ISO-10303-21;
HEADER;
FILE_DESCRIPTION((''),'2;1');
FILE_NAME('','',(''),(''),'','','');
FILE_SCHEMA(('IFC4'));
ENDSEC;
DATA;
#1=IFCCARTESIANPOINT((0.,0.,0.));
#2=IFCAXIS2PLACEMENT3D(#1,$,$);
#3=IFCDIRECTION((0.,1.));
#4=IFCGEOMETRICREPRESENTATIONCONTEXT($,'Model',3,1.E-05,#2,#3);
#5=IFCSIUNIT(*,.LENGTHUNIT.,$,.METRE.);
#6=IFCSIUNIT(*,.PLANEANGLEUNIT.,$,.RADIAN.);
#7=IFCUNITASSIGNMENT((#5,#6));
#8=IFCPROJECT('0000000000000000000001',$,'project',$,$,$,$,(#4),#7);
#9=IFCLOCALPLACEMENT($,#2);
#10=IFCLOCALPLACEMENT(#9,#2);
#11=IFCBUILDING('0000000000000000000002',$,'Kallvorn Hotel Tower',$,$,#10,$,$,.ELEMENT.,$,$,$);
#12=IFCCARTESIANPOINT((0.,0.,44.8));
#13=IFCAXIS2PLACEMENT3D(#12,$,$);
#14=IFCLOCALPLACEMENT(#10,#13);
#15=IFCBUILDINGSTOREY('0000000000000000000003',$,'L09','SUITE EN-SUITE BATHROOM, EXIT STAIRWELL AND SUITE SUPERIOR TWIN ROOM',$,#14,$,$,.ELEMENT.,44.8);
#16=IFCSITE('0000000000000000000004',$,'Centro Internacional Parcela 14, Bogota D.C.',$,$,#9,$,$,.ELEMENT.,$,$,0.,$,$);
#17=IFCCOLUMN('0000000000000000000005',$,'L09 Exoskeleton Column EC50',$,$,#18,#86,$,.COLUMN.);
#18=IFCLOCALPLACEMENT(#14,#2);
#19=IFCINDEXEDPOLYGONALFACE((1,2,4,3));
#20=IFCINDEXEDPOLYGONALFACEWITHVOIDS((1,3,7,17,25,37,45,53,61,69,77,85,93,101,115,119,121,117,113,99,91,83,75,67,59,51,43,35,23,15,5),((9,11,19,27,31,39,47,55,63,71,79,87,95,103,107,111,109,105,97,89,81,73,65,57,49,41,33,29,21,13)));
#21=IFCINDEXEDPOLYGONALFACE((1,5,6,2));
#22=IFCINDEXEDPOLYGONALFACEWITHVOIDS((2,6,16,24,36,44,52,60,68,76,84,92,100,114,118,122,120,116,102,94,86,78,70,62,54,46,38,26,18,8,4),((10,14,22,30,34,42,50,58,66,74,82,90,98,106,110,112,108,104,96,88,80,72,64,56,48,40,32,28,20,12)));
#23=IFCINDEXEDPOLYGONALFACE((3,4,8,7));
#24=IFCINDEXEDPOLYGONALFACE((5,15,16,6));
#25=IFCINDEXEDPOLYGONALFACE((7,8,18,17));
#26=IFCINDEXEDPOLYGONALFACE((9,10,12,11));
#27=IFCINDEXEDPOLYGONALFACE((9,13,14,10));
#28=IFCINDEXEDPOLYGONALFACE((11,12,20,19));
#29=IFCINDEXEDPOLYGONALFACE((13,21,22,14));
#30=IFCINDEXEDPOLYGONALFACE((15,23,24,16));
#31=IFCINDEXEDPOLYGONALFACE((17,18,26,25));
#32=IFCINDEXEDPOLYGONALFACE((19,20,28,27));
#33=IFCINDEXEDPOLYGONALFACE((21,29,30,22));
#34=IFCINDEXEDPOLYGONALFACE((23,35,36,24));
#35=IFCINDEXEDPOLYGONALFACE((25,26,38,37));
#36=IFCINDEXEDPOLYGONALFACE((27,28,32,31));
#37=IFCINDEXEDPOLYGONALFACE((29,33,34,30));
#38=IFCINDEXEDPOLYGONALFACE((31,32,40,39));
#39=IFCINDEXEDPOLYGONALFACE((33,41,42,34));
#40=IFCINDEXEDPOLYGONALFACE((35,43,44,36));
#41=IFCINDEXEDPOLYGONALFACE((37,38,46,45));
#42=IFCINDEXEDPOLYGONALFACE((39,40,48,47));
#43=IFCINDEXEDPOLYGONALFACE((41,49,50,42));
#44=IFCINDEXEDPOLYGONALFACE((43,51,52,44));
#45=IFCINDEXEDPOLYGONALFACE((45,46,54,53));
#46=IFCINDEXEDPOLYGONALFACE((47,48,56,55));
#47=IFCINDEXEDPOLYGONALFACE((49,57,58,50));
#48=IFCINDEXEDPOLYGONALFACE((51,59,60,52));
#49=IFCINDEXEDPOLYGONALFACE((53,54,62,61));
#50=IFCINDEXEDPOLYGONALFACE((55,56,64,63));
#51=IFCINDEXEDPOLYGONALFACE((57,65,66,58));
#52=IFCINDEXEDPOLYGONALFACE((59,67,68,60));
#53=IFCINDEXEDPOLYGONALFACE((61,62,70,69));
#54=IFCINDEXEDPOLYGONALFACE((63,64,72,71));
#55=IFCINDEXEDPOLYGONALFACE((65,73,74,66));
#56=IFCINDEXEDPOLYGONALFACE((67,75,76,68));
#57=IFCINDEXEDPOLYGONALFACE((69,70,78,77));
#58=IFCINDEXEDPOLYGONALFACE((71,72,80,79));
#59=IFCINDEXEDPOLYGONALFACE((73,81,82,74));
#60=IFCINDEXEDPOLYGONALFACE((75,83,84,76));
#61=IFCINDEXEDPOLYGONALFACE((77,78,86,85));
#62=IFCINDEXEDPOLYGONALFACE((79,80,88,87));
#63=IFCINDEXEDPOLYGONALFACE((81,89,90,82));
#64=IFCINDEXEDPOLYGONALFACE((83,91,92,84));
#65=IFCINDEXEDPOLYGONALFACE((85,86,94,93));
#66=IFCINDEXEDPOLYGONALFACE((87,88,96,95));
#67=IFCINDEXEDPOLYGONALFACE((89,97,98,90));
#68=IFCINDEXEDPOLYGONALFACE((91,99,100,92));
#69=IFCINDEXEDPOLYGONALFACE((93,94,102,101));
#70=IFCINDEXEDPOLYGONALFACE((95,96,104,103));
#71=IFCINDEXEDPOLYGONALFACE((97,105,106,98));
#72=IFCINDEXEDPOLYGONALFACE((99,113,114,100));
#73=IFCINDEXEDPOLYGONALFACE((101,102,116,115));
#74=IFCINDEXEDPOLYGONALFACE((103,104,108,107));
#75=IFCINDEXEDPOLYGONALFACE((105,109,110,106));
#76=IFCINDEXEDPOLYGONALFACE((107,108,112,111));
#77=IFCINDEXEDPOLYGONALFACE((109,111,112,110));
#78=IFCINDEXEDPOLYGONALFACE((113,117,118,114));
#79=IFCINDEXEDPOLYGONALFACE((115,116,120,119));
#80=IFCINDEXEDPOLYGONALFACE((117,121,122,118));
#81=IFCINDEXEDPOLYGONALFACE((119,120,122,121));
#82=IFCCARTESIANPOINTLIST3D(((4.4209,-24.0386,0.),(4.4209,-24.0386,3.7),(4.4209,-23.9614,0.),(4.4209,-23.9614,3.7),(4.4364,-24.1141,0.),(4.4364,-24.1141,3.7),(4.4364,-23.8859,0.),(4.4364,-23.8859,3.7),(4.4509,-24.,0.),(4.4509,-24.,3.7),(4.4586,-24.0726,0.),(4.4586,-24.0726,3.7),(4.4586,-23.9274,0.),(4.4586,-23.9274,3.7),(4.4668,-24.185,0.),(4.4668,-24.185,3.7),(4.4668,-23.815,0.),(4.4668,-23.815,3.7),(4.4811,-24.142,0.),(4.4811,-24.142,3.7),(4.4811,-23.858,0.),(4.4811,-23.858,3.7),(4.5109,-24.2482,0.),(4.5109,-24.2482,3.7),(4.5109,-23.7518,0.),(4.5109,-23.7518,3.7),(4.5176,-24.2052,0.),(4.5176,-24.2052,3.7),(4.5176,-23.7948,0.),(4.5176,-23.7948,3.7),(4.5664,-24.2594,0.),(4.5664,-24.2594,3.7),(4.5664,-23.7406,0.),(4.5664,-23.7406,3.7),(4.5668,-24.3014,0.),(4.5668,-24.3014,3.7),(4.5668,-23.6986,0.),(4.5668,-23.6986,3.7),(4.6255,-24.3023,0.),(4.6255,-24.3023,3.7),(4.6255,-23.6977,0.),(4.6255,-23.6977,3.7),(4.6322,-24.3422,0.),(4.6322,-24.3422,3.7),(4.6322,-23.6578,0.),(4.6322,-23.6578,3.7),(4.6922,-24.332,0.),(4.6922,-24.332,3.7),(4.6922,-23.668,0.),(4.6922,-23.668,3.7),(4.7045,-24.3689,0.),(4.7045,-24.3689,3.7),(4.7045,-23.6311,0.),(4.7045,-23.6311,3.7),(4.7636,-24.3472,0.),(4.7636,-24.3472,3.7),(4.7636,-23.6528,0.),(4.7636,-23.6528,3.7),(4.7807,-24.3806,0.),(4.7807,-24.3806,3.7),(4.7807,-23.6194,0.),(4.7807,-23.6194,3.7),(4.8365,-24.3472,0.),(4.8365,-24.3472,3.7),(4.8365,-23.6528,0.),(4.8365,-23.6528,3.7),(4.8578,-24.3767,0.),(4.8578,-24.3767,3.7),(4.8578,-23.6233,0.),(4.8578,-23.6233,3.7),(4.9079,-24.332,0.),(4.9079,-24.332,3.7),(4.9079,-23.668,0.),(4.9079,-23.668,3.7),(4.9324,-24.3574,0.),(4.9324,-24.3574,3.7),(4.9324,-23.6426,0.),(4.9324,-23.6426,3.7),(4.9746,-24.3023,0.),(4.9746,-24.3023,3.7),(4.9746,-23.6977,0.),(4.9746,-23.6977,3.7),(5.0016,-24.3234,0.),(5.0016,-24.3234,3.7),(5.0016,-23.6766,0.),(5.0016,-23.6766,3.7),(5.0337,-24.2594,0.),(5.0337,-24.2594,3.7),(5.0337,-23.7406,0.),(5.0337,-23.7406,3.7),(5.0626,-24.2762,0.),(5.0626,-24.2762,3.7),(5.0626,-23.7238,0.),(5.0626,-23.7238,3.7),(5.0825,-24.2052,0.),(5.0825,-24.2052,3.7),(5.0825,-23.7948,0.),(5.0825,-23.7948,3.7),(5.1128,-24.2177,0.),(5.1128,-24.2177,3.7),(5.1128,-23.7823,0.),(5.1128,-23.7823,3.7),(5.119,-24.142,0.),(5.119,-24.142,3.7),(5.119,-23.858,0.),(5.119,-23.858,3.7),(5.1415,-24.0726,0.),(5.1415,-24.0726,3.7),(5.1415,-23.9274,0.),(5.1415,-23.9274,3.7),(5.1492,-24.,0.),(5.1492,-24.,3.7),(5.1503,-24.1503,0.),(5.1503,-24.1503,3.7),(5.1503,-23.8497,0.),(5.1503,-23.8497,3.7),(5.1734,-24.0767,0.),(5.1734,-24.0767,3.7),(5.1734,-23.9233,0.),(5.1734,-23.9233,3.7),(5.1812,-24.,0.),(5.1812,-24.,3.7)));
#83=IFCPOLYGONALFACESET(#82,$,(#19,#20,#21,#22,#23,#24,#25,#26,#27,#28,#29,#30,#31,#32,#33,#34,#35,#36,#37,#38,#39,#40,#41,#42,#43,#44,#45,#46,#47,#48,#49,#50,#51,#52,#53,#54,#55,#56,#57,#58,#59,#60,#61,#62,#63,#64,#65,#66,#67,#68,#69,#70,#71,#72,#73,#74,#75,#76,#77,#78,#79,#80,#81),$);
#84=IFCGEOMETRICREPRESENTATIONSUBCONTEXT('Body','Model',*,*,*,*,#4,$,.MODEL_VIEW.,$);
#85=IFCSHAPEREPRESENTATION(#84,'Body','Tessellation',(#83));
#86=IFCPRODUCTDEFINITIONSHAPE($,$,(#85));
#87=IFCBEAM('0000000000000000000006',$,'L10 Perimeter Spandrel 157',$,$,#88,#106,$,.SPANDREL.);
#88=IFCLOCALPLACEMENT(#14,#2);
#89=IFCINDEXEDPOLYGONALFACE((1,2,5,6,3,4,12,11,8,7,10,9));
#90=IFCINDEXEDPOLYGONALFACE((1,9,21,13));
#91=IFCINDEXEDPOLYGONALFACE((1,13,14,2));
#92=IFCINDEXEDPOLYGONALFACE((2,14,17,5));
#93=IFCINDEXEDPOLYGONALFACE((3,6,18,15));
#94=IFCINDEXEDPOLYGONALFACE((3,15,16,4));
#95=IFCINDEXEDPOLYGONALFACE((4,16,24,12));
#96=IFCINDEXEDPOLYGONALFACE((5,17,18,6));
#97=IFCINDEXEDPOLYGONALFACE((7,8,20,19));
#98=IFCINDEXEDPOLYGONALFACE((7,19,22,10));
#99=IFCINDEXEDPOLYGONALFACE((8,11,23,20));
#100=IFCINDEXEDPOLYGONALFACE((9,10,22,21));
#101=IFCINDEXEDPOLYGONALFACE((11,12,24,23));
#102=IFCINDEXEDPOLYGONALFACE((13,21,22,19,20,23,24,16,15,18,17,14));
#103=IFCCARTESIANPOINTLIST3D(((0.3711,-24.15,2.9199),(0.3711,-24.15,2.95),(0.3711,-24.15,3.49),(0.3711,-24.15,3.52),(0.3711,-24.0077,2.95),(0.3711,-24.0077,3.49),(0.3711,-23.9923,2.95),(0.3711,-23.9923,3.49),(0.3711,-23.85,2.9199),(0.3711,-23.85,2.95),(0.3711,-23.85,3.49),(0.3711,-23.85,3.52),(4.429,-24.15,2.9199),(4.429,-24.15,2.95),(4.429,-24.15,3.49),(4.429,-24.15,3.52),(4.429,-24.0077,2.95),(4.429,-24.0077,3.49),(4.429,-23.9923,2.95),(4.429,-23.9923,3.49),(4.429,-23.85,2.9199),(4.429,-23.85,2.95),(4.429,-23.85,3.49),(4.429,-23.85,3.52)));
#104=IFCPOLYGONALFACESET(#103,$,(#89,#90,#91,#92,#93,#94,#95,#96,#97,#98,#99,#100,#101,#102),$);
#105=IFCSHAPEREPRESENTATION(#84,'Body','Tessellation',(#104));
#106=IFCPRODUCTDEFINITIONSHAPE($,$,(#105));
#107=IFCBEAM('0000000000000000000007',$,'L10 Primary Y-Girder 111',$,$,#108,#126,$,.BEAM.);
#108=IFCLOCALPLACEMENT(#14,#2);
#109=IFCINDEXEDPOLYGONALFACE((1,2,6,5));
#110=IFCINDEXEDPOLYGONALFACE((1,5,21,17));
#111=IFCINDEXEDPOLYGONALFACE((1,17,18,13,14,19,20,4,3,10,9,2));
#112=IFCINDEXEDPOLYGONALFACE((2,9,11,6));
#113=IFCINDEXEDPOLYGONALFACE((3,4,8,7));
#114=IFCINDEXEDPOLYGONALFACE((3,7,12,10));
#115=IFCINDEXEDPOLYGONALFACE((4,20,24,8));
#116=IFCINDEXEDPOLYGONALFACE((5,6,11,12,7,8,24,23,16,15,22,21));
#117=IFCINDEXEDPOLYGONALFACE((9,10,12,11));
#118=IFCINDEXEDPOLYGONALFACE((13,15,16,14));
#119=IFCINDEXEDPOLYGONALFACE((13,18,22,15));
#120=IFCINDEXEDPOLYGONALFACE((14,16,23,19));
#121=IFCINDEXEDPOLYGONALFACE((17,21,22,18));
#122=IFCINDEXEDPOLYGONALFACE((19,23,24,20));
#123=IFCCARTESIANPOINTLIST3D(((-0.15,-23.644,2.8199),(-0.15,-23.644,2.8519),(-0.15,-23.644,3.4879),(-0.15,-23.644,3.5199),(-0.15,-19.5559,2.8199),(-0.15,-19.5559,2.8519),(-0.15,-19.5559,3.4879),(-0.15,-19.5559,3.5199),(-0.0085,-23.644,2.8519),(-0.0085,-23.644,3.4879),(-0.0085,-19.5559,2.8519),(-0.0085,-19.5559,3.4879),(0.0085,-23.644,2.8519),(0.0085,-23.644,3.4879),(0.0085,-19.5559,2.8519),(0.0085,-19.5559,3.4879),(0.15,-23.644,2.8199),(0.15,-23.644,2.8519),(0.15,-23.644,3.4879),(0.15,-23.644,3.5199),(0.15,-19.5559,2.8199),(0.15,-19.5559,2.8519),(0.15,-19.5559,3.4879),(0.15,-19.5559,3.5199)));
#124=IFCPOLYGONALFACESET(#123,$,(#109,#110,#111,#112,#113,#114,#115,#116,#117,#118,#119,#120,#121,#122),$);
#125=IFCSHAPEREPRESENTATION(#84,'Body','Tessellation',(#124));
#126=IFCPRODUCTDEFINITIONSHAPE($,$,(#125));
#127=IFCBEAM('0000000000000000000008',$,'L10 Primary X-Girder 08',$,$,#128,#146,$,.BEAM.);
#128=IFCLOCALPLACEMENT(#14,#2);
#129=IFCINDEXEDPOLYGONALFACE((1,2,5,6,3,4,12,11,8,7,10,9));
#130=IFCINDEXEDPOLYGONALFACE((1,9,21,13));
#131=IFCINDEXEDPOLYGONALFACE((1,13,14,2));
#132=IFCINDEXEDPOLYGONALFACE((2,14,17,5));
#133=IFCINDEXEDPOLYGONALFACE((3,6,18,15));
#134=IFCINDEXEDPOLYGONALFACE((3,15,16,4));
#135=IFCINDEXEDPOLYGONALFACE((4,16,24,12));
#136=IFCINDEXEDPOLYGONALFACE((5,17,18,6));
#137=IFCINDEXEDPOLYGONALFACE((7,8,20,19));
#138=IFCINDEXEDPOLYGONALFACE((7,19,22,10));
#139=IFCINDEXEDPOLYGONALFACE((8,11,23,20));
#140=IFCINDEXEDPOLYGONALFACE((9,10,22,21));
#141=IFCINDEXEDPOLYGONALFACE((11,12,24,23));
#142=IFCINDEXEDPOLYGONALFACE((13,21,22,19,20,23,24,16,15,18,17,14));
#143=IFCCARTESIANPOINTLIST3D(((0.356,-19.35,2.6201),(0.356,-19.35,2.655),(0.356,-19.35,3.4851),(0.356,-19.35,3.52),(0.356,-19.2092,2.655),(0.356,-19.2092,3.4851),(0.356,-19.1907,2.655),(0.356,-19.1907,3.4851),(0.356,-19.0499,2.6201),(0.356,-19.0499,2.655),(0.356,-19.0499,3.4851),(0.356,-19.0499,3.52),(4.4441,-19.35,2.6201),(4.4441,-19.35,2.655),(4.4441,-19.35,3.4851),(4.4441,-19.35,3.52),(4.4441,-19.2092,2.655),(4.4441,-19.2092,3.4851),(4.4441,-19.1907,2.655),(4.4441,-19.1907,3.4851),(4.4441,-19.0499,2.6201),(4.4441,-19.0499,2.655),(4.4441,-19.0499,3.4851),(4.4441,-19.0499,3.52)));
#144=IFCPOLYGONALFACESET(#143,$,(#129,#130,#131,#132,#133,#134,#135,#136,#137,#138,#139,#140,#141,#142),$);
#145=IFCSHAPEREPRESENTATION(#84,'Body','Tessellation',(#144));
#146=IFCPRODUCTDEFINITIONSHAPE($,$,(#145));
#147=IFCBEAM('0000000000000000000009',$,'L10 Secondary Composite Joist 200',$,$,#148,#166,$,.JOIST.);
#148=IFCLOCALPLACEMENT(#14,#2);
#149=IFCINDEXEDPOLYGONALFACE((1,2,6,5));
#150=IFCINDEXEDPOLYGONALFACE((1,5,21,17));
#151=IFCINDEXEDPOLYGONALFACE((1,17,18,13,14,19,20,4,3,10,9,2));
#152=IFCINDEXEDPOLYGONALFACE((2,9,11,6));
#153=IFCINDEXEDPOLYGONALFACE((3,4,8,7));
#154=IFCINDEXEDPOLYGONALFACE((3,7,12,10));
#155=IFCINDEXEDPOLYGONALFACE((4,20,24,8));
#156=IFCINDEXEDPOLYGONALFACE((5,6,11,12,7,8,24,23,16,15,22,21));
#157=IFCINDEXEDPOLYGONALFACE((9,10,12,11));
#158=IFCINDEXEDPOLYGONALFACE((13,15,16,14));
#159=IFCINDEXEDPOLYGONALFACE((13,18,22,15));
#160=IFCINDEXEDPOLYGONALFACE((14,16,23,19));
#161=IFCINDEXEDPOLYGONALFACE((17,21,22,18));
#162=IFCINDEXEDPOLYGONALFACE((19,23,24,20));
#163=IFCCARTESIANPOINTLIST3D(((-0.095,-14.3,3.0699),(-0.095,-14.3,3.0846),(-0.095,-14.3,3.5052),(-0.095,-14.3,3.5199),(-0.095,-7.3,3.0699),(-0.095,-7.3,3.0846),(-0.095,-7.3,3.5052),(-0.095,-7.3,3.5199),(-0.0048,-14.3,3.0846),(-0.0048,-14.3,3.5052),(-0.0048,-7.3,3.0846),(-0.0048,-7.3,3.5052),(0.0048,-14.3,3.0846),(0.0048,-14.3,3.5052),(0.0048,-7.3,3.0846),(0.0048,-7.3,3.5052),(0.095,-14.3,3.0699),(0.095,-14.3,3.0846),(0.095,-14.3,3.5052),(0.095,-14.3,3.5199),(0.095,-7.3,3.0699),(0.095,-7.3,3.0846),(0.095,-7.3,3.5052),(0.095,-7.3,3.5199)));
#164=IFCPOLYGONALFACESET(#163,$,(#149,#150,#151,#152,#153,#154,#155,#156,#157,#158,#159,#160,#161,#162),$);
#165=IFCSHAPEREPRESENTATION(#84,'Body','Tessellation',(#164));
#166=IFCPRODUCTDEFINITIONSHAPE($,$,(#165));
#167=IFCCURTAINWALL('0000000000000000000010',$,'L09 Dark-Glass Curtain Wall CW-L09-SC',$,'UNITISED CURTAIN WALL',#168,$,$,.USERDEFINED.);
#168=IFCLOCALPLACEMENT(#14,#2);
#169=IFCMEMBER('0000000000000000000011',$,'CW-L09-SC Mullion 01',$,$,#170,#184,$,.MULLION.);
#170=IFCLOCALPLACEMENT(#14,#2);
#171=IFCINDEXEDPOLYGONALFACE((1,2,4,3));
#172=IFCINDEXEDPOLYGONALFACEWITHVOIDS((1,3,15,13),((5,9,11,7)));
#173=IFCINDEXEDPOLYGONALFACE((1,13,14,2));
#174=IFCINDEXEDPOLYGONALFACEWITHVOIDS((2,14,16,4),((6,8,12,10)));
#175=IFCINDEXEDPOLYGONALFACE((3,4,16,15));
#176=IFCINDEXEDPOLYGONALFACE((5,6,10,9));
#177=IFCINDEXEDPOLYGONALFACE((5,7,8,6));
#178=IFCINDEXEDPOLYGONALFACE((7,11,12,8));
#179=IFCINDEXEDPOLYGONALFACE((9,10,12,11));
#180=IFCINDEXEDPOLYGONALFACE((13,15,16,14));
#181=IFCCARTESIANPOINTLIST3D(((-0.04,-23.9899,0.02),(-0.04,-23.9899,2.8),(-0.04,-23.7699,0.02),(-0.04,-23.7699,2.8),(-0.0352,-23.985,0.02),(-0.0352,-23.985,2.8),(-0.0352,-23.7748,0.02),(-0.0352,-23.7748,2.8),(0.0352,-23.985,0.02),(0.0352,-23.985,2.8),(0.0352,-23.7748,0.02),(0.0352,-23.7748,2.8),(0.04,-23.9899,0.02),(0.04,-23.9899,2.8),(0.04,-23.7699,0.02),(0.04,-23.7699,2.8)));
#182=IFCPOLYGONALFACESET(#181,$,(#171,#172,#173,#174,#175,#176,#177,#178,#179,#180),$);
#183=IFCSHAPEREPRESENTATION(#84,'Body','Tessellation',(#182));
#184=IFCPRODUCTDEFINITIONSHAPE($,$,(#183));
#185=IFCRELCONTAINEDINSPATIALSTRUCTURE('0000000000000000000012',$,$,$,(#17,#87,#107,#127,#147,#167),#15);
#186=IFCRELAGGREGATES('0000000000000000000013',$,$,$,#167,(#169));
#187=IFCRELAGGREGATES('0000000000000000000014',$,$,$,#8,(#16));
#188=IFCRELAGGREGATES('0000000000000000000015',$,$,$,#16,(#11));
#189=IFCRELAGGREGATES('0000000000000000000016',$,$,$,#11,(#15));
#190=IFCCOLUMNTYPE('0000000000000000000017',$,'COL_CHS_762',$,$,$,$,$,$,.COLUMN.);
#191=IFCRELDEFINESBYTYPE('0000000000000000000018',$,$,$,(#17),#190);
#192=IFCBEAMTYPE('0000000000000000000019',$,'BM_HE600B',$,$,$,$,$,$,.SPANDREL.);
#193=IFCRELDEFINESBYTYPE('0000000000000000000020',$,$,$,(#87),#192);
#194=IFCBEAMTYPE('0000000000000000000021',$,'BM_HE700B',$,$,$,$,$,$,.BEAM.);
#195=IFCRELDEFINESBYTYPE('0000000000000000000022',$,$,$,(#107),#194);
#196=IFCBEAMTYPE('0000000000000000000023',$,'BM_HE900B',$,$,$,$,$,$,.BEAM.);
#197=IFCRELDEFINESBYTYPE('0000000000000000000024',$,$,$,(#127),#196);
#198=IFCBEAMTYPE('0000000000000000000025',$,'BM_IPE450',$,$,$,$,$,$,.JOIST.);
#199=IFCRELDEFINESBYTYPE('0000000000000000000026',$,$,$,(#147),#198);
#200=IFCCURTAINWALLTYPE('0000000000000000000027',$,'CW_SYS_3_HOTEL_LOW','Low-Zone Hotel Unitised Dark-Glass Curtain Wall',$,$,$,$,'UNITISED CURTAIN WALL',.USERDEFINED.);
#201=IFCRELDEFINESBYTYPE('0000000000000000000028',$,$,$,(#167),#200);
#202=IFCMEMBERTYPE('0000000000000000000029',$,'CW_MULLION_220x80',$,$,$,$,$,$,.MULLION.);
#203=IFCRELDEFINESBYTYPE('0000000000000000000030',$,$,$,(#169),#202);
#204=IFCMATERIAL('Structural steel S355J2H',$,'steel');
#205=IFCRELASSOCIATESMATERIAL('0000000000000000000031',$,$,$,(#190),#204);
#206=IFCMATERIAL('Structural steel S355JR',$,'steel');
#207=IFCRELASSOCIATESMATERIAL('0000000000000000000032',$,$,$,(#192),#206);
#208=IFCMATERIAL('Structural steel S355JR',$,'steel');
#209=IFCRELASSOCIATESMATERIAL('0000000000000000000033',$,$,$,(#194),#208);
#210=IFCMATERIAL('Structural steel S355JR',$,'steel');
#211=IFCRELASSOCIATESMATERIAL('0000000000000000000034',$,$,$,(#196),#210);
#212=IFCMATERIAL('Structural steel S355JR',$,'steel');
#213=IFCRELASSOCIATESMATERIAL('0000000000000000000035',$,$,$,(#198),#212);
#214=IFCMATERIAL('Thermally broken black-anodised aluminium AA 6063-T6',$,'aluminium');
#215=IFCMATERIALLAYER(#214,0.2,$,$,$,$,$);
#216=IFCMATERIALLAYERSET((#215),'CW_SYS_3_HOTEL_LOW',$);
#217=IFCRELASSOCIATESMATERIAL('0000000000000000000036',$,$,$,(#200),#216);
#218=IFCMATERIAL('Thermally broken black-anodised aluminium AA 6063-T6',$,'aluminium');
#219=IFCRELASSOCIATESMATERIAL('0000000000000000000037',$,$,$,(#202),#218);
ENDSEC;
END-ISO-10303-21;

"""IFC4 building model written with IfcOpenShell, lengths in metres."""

from ifc_helpers import new_model, si_unit, direction, frame, origin, origin_2d, place, context, subcontext, project, spatial, hollow_rectangle, hollow_circle, i_section, extrude, material, layer, layer_set, material_profile, profile_set, type_object, element, aggregate, save


model = new_model("IFC4")

# Units and contexts
model_context = context("Model", 3, precision=1e-05, world=origin(), true_north=direction((0.0, 1.0)))
body_context = subcontext(model_context, "Body", "Model", "MODEL_VIEW")
ifc_project = project(units=[si_unit("LENGTHUNIT", "METRE"), si_unit("PLANEANGLEUNIT", "RADIAN")], contexts=[model_context])

# Site, building, storey
site_placement = place(None, origin())
site = spatial("IfcSite", under=ifc_project, at=site_placement, Name="Centro Internacional Parcela 14, Bogota D.C.", CompositionType="ELEMENT", RefElevation=0.0)
building_placement = place(site_placement, origin())
building = spatial("IfcBuilding", under=site, at=building_placement, Name="Kallvorn Hotel Tower", CompositionType="ELEMENT")
storey_placement = place(building_placement, frame((0.0, 0.0, 44.8)))
storey = spatial("IfcBuildingStorey", under=building, at=storey_placement, Name="L09", Description="SUITE EN-SUITE BATHROOM, EXIT STAIRWELL AND SUITE SUPERIOR TWIN ROOM", CompositionType="ELEMENT", Elevation=44.8)

# Column
ifc_material_1 = material(Name="Structural steel S355J2H", Category="steel")
ifc_material_profile_1 = material_profile(ifc_material_1, hollow_circle(Radius=0.3811, WallThickness=0.032, at=origin_2d()), Name="CHS 762x32")
ifc_profile_set_1 = profile_set([ifc_material_profile_1], Name="Structural steel S355J2H")
column_type = type_object("IfcColumnType", Name="COL_CHS_762", PredefinedType="COLUMN", material=ifc_profile_set_1)
for number, where, z_axis, x_axis, name in (
    (1, (4.8, -24.0, 0.0), (0.0, 0.0, 1.0), (1.0, 0.0, 0.0), "L09 Exoskeleton Column EC50"),
):
    element("IfcColumn", number, at=place(storey_placement, frame(where, z_axis=z_axis, x_axis=x_axis)), inside=storey, type_object=column_type, Name=name, PredefinedType="COLUMN", context=body_context, shape_type="SweptSolid", body=[
        extrude(hollow_circle(Radius=0.3811, WallThickness=0.032, at=origin_2d()), origin(), (0.0, 0.0, 1.0), 3.7),
    ])

# Beams
ifc_material_2 = material(Name="Structural steel S355JR", Category="steel")
ifc_material_profile_2 = material_profile(ifc_material_2, i_section(OverallWidth=0.3, OverallDepth=0.6001, WebThickness=0.0154, FlangeThickness=0.03, at=origin_2d()), Name="HE 600 B")
ifc_profile_set_2 = profile_set([ifc_material_profile_2], Name="Structural steel S355JR")
beam_type_1 = type_object("IfcBeamType", Name="BM_HE600B", PredefinedType="SPANDREL", material=ifc_profile_set_2)
beam_1_placement = place(storey_placement, frame((0.3711, -24.0, 3.22), z_axis=(1.0, 0.0, 0.0), x_axis=(0.0, 1.0, 0.0)))
element("IfcBeam", 2, at=beam_1_placement, inside=storey, type_object=beam_type_1, Name="L10 Perimeter Spandrel 157", PredefinedType="SPANDREL", context=body_context, shape_type="SweptSolid", body=[
    extrude(i_section(OverallWidth=0.3, OverallDepth=0.6001, WebThickness=0.0154, FlangeThickness=0.03, at=origin_2d()), origin(), (0.0, 0.0, 1.0), 4.0579),
])
ifc_material_3 = material(Name="Structural steel S355JR", Category="steel")
ifc_material_profile_3 = material_profile(ifc_material_3, i_section(OverallWidth=0.3, OverallDepth=0.7, WebThickness=0.0171, FlangeThickness=0.032, at=origin_2d()), Name="HE 700 B")
ifc_profile_set_3 = profile_set([ifc_material_profile_3], Name="Structural steel S355JR")
beam_type_2 = type_object("IfcBeamType", Name="BM_HE700B", PredefinedType="BEAM", material=ifc_profile_set_3)
beam_2_placement = place(storey_placement, frame((0.0, -23.644, 3.1699), z_axis=(0.0, 1.0, 0.0), x_axis=(-1.0, 0.0, 0.0)))
element("IfcBeam", 3, at=beam_2_placement, inside=storey, type_object=beam_type_2, Name="L10 Primary Y-Girder 111", PredefinedType="BEAM", context=body_context, shape_type="SweptSolid", body=[
    extrude(i_section(OverallWidth=0.3, OverallDepth=0.7, WebThickness=0.0171, FlangeThickness=0.032, at=origin_2d()), origin(), (0.0, 0.0, 1.0), 4.0881),
])
ifc_material_4 = material(Name="Structural steel S355JR", Category="steel")
ifc_material_profile_4 = material_profile(ifc_material_4, i_section(OverallWidth=0.3, OverallDepth=0.8999, WebThickness=0.0186, FlangeThickness=0.0349, at=origin_2d()), Name="HE 900 B")
ifc_profile_set_4 = profile_set([ifc_material_profile_4], Name="Structural steel S355JR")
beam_type_3 = type_object("IfcBeamType", Name="BM_HE900B", PredefinedType="BEAM", material=ifc_profile_set_4)
beam_3_placement = place(storey_placement, frame((0.356, -19.2, 3.0701), z_axis=(1.0, 0.0, 0.0), x_axis=(0.0, 1.0, 0.0)))
element("IfcBeam", 4, at=beam_3_placement, inside=storey, type_object=beam_type_3, Name="L10 Primary X-Girder 08", PredefinedType="BEAM", context=body_context, shape_type="SweptSolid", body=[
    extrude(i_section(OverallWidth=0.3, OverallDepth=0.8999, WebThickness=0.0186, FlangeThickness=0.0349, at=origin_2d()), origin(), (0.0, 0.0, 1.0), 4.0881),
])
ifc_material_5 = material(Name="Structural steel S355JR", Category="steel")
ifc_material_profile_5 = material_profile(ifc_material_5, i_section(OverallWidth=0.1899, OverallDepth=0.45, WebThickness=0.0095, FlangeThickness=0.0146, at=origin_2d()), Name="IPE 450")
ifc_profile_set_5 = profile_set([ifc_material_profile_5], Name="Structural steel S355JR")
beam_type_4 = type_object("IfcBeamType", Name="BM_IPE450", PredefinedType="JOIST", material=ifc_profile_set_5)
beam_4_placement = place(storey_placement, frame((0.0, -14.3, 3.2949), z_axis=(0.0, 1.0, 0.0), x_axis=(-1.0, 0.0, 0.0)))
element("IfcBeam", 5, at=beam_4_placement, inside=storey, type_object=beam_type_4, Name="L10 Secondary Composite Joist 200", PredefinedType="JOIST", context=body_context, shape_type="SweptSolid", body=[
    extrude(i_section(OverallWidth=0.1899, OverallDepth=0.45, WebThickness=0.0095, FlangeThickness=0.0146, at=origin_2d()), origin(), (0.0, 0.0, 1.0), 7.0),
])

# Curtain wall, member
ifc_material_6 = material(Name="Thermally broken black-anodised aluminium AA 6063-T6", Category="aluminium")
ifc_layer_1 = layer(ifc_material_6, 0.2)
ifc_layer_set_1 = layer_set([ifc_layer_1], Name="CW_SYS_3_HOTEL_LOW")
curtain_wall_type = type_object("IfcCurtainWallType", Name="CW_SYS_3_HOTEL_LOW", Description="Low-Zone Hotel Unitised Dark-Glass Curtain Wall", ElementType="UNITISED CURTAIN WALL", PredefinedType="USERDEFINED", material=ifc_layer_set_1)
curtain_wall_placement = place(storey_placement, origin())
curtain_wall = element("IfcCurtainWall", 6, at=curtain_wall_placement, inside=storey, type_object=curtain_wall_type, Name="L09 Dark-Glass Curtain Wall CW-L09-SC", ObjectType="UNITISED CURTAIN WALL", PredefinedType="USERDEFINED")
ifc_material_7 = material(Name="Thermally broken black-anodised aluminium AA 6063-T6", Category="aluminium")
ifc_material_profile_6 = material_profile(ifc_material_7, hollow_rectangle(XDim=0.0801, YDim=0.22, WallThickness=0.0049, at=origin_2d()), Name="MUL 220x80")
ifc_profile_set_6 = profile_set([ifc_material_profile_6], Name="Thermally broken black-anodised aluminium AA 6063-T6")
member_type_1 = type_object("IfcMemberType", Name="CW_MULLION_220x80", PredefinedType="MULLION", material=ifc_profile_set_6)
member_1_placement = place(storey_placement, frame((0.0, -23.8799, 0.02), z_axis=(0.0, 0.0, 1.0), x_axis=(1.0, 0.0, 0.0)))
member_1 = element("IfcMember", 7, at=member_1_placement, type_object=member_type_1, Name="CW-L09-SC Mullion 01", PredefinedType="MULLION", context=body_context, shape_type="SweptSolid", body=[
    extrude(hollow_rectangle(XDim=0.0801, YDim=0.22, WallThickness=0.0049, at=origin_2d()), origin(), (0.0, 0.0, 1.0), 2.78),
])
aggregate(curtain_wall, [member_1])

save(model, "model.ifc")
